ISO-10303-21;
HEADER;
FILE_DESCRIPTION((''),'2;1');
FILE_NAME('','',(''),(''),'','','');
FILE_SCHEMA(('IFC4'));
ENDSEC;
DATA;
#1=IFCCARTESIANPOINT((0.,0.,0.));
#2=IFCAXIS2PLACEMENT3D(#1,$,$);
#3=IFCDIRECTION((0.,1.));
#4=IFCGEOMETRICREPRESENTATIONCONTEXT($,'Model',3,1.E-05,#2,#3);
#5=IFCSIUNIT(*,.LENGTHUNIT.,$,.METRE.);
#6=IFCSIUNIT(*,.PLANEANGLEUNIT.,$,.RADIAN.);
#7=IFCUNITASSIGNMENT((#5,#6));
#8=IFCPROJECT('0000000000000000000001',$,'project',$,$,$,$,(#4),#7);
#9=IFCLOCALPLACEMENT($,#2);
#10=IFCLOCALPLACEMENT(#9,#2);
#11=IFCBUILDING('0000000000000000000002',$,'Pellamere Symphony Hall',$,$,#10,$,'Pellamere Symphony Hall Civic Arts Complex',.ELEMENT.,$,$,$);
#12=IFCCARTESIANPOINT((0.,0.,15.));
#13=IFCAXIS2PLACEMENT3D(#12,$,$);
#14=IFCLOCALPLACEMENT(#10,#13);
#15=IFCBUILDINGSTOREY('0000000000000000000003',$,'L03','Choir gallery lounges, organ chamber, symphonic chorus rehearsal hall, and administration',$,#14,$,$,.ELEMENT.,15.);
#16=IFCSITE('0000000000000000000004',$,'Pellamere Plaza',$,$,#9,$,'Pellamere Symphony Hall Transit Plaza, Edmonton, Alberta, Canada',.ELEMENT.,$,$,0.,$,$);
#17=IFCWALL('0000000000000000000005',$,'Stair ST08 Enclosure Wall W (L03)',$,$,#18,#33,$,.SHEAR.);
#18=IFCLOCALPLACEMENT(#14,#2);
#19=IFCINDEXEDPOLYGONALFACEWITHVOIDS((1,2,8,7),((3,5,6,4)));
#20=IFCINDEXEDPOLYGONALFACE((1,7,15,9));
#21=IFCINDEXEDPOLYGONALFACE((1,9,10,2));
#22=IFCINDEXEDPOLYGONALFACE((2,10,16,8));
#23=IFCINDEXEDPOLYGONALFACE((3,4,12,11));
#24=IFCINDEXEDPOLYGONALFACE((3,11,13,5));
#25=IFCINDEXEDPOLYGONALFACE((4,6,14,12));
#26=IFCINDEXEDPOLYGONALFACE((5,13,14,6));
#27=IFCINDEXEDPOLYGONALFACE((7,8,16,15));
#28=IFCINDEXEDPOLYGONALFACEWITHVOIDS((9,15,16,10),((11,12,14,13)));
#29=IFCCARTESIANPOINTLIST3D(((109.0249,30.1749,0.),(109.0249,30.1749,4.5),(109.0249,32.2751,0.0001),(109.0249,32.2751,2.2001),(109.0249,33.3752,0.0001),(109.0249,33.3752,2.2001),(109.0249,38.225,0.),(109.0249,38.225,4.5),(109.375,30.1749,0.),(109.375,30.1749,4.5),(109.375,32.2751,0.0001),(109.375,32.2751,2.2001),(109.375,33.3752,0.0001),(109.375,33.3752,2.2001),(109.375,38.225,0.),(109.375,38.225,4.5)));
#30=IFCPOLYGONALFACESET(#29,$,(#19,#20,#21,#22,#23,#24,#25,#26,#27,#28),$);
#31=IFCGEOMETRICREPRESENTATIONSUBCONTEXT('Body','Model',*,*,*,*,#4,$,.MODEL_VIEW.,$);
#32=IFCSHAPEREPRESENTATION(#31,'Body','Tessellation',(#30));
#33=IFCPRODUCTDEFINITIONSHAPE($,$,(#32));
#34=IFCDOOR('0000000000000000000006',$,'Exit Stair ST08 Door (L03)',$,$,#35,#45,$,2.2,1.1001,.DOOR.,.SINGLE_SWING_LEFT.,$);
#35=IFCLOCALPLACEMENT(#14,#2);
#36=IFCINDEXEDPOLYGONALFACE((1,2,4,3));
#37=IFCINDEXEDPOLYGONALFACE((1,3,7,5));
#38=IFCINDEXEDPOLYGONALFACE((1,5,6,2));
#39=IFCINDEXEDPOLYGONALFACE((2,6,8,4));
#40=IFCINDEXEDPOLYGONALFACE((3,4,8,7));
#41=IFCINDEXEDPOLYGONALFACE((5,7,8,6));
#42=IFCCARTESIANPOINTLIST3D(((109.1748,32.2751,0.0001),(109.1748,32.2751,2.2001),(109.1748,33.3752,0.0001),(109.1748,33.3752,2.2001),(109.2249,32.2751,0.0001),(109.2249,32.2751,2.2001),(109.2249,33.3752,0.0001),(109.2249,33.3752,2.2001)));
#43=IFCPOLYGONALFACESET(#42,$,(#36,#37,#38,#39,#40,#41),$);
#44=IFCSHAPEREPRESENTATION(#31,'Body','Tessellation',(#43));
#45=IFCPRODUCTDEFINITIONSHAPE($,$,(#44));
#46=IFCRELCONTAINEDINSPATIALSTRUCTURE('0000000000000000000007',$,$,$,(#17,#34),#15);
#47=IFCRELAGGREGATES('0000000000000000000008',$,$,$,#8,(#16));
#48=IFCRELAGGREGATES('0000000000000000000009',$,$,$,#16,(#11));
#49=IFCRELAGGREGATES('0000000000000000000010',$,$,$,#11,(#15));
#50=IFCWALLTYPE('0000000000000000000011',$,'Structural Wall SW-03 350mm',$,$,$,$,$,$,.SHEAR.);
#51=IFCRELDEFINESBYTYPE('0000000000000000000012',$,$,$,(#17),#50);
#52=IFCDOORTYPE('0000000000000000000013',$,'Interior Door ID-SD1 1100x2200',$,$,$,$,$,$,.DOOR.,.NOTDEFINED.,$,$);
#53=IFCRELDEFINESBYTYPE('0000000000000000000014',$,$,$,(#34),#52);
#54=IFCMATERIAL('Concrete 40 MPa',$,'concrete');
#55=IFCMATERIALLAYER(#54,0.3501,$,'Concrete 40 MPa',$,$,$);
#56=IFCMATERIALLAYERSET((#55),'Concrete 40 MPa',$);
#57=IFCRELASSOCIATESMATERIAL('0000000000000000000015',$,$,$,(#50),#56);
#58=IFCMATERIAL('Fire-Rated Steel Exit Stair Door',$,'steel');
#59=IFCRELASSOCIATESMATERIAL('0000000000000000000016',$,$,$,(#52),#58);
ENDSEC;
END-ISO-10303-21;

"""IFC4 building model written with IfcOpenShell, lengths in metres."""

from ifc_helpers import new_model, si_unit, direction, frame, frame_2d, origin, place, context, subcontext, project, spatial, rectangle, extrude, material, layer, layer_set, type_object, element, fill, save


model = new_model("IFC4")

# Units and contexts
model_context = context("Model", 3, precision=1e-05, world=origin(), true_north=direction((0.0, 1.0)))
body_context = subcontext(model_context, "Body", "Model", "MODEL_VIEW")
ifc_project = project(units=[si_unit("LENGTHUNIT", "METRE"), si_unit("PLANEANGLEUNIT", "RADIAN")], contexts=[model_context])

# Site, building, storey
site_placement = place(None, origin())
site = spatial("IfcSite", under=ifc_project, at=site_placement, Name="Pellamere Plaza", LongName="Pellamere Symphony Hall Transit Plaza, Edmonton, Alberta, Canada", CompositionType="ELEMENT", RefElevation=0.0)
building_placement = place(site_placement, origin())
building = spatial("IfcBuilding", under=site, at=building_placement, Name="Pellamere Symphony Hall", LongName="Pellamere Symphony Hall Civic Arts Complex", CompositionType="ELEMENT")
storey_placement = place(building_placement, frame((0.0, 0.0, 15.0)))
storey = spatial("IfcBuildingStorey", under=building, at=storey_placement, Name="L03", Description="Choir gallery lounges, organ chamber, symphonic chorus rehearsal hall, and administration", CompositionType="ELEMENT", Elevation=15.0)

# Shared definitions
ifc_material_1 = material(Name="Concrete 40 MPa", Category="concrete")

# Shared definitions
ifc_layer_1 = layer(ifc_material_1, 0.3501, Name="Concrete 40 MPa")
ifc_layer_set_1 = layer_set([ifc_layer_1], Name="Concrete 40 MPa")
wall_type_1 = type_object("IfcWallType", Name="Structural Wall SW-03 350mm", PredefinedType="SHEAR", material=ifc_layer_set_1)

# Wall, opening, door
wall_1_placement = place(storey_placement, frame((109.2, 30.175, 0.0), z_axis=(0.0, 0.0, 1.0), x_axis=(0.0, 1.0, 0.0)))
wall_1 = element("IfcWall", 1, at=wall_1_placement, inside=storey, type_object=wall_type_1, Name="Stair ST08 Enclosure Wall W (L03)", PredefinedType="SHEAR", context=body_context, shape_type="SweptSolid", body=[
    extrude(rectangle(XDim=8.05, YDim=0.3501, at=frame_2d((4.0249, 0.0))), origin(), (0.0, 0.0, 1.0), 4.5),
])
opening_1_placement = place(wall_1_placement, frame((2.1001, 0.0, 0.0)))
opening_1 = element("IfcOpeningElement", 2, at=opening_1_placement, cuts=wall_1, PredefinedType="OPENING", context=body_context, shape_type="SweptSolid", body=[
    extrude(rectangle(XDim=1.1001, YDim=2.2, at=frame_2d((0.55, 1.1001))), frame((0.0, 0.1851, 0.0), z_axis=(0.0, -1.0, 0.0), x_axis=(1.0, 0.0, 0.0)), (0.0, 0.0, 1.0), 0.3701),
])
ifc_material_2 = material(Name="Fire-Rated Steel Exit Stair Door", Category="steel")
door_type_1 = type_object("IfcDoorType", Name="Interior Door ID-SD1 1100x2200", OperationType="NOTDEFINED", PredefinedType="DOOR", material=ifc_material_2)
door_1_placement = place(opening_1_placement, frame((1.1001, 0.0, 0.0), z_axis=(0.0, 0.0, 1.0), x_axis=(-1.0, 0.0, 0.0)))
door_1 = element("IfcDoor", 3, at=door_1_placement, inside=storey, type_object=door_type_1, Name="Exit Stair ST08 Door (L03)", OperationType="SINGLE_SWING_LEFT", OverallHeight=2.2, OverallWidth=1.1001, PredefinedType="DOOR", context=body_context, shape_type="SweptSolid", body=[
    extrude(rectangle(XDim=1.1001, YDim=2.2, at=frame_2d((0.55, 1.1001))), frame((0.0, 0.0249, 0.0), z_axis=(0.0, -1.0, 0.0), x_axis=(1.0, 0.0, 0.0)), (0.0, 0.0, 1.0), 0.05),
])
fill(opening_1, door_1)

save(model, "model.ifc")
